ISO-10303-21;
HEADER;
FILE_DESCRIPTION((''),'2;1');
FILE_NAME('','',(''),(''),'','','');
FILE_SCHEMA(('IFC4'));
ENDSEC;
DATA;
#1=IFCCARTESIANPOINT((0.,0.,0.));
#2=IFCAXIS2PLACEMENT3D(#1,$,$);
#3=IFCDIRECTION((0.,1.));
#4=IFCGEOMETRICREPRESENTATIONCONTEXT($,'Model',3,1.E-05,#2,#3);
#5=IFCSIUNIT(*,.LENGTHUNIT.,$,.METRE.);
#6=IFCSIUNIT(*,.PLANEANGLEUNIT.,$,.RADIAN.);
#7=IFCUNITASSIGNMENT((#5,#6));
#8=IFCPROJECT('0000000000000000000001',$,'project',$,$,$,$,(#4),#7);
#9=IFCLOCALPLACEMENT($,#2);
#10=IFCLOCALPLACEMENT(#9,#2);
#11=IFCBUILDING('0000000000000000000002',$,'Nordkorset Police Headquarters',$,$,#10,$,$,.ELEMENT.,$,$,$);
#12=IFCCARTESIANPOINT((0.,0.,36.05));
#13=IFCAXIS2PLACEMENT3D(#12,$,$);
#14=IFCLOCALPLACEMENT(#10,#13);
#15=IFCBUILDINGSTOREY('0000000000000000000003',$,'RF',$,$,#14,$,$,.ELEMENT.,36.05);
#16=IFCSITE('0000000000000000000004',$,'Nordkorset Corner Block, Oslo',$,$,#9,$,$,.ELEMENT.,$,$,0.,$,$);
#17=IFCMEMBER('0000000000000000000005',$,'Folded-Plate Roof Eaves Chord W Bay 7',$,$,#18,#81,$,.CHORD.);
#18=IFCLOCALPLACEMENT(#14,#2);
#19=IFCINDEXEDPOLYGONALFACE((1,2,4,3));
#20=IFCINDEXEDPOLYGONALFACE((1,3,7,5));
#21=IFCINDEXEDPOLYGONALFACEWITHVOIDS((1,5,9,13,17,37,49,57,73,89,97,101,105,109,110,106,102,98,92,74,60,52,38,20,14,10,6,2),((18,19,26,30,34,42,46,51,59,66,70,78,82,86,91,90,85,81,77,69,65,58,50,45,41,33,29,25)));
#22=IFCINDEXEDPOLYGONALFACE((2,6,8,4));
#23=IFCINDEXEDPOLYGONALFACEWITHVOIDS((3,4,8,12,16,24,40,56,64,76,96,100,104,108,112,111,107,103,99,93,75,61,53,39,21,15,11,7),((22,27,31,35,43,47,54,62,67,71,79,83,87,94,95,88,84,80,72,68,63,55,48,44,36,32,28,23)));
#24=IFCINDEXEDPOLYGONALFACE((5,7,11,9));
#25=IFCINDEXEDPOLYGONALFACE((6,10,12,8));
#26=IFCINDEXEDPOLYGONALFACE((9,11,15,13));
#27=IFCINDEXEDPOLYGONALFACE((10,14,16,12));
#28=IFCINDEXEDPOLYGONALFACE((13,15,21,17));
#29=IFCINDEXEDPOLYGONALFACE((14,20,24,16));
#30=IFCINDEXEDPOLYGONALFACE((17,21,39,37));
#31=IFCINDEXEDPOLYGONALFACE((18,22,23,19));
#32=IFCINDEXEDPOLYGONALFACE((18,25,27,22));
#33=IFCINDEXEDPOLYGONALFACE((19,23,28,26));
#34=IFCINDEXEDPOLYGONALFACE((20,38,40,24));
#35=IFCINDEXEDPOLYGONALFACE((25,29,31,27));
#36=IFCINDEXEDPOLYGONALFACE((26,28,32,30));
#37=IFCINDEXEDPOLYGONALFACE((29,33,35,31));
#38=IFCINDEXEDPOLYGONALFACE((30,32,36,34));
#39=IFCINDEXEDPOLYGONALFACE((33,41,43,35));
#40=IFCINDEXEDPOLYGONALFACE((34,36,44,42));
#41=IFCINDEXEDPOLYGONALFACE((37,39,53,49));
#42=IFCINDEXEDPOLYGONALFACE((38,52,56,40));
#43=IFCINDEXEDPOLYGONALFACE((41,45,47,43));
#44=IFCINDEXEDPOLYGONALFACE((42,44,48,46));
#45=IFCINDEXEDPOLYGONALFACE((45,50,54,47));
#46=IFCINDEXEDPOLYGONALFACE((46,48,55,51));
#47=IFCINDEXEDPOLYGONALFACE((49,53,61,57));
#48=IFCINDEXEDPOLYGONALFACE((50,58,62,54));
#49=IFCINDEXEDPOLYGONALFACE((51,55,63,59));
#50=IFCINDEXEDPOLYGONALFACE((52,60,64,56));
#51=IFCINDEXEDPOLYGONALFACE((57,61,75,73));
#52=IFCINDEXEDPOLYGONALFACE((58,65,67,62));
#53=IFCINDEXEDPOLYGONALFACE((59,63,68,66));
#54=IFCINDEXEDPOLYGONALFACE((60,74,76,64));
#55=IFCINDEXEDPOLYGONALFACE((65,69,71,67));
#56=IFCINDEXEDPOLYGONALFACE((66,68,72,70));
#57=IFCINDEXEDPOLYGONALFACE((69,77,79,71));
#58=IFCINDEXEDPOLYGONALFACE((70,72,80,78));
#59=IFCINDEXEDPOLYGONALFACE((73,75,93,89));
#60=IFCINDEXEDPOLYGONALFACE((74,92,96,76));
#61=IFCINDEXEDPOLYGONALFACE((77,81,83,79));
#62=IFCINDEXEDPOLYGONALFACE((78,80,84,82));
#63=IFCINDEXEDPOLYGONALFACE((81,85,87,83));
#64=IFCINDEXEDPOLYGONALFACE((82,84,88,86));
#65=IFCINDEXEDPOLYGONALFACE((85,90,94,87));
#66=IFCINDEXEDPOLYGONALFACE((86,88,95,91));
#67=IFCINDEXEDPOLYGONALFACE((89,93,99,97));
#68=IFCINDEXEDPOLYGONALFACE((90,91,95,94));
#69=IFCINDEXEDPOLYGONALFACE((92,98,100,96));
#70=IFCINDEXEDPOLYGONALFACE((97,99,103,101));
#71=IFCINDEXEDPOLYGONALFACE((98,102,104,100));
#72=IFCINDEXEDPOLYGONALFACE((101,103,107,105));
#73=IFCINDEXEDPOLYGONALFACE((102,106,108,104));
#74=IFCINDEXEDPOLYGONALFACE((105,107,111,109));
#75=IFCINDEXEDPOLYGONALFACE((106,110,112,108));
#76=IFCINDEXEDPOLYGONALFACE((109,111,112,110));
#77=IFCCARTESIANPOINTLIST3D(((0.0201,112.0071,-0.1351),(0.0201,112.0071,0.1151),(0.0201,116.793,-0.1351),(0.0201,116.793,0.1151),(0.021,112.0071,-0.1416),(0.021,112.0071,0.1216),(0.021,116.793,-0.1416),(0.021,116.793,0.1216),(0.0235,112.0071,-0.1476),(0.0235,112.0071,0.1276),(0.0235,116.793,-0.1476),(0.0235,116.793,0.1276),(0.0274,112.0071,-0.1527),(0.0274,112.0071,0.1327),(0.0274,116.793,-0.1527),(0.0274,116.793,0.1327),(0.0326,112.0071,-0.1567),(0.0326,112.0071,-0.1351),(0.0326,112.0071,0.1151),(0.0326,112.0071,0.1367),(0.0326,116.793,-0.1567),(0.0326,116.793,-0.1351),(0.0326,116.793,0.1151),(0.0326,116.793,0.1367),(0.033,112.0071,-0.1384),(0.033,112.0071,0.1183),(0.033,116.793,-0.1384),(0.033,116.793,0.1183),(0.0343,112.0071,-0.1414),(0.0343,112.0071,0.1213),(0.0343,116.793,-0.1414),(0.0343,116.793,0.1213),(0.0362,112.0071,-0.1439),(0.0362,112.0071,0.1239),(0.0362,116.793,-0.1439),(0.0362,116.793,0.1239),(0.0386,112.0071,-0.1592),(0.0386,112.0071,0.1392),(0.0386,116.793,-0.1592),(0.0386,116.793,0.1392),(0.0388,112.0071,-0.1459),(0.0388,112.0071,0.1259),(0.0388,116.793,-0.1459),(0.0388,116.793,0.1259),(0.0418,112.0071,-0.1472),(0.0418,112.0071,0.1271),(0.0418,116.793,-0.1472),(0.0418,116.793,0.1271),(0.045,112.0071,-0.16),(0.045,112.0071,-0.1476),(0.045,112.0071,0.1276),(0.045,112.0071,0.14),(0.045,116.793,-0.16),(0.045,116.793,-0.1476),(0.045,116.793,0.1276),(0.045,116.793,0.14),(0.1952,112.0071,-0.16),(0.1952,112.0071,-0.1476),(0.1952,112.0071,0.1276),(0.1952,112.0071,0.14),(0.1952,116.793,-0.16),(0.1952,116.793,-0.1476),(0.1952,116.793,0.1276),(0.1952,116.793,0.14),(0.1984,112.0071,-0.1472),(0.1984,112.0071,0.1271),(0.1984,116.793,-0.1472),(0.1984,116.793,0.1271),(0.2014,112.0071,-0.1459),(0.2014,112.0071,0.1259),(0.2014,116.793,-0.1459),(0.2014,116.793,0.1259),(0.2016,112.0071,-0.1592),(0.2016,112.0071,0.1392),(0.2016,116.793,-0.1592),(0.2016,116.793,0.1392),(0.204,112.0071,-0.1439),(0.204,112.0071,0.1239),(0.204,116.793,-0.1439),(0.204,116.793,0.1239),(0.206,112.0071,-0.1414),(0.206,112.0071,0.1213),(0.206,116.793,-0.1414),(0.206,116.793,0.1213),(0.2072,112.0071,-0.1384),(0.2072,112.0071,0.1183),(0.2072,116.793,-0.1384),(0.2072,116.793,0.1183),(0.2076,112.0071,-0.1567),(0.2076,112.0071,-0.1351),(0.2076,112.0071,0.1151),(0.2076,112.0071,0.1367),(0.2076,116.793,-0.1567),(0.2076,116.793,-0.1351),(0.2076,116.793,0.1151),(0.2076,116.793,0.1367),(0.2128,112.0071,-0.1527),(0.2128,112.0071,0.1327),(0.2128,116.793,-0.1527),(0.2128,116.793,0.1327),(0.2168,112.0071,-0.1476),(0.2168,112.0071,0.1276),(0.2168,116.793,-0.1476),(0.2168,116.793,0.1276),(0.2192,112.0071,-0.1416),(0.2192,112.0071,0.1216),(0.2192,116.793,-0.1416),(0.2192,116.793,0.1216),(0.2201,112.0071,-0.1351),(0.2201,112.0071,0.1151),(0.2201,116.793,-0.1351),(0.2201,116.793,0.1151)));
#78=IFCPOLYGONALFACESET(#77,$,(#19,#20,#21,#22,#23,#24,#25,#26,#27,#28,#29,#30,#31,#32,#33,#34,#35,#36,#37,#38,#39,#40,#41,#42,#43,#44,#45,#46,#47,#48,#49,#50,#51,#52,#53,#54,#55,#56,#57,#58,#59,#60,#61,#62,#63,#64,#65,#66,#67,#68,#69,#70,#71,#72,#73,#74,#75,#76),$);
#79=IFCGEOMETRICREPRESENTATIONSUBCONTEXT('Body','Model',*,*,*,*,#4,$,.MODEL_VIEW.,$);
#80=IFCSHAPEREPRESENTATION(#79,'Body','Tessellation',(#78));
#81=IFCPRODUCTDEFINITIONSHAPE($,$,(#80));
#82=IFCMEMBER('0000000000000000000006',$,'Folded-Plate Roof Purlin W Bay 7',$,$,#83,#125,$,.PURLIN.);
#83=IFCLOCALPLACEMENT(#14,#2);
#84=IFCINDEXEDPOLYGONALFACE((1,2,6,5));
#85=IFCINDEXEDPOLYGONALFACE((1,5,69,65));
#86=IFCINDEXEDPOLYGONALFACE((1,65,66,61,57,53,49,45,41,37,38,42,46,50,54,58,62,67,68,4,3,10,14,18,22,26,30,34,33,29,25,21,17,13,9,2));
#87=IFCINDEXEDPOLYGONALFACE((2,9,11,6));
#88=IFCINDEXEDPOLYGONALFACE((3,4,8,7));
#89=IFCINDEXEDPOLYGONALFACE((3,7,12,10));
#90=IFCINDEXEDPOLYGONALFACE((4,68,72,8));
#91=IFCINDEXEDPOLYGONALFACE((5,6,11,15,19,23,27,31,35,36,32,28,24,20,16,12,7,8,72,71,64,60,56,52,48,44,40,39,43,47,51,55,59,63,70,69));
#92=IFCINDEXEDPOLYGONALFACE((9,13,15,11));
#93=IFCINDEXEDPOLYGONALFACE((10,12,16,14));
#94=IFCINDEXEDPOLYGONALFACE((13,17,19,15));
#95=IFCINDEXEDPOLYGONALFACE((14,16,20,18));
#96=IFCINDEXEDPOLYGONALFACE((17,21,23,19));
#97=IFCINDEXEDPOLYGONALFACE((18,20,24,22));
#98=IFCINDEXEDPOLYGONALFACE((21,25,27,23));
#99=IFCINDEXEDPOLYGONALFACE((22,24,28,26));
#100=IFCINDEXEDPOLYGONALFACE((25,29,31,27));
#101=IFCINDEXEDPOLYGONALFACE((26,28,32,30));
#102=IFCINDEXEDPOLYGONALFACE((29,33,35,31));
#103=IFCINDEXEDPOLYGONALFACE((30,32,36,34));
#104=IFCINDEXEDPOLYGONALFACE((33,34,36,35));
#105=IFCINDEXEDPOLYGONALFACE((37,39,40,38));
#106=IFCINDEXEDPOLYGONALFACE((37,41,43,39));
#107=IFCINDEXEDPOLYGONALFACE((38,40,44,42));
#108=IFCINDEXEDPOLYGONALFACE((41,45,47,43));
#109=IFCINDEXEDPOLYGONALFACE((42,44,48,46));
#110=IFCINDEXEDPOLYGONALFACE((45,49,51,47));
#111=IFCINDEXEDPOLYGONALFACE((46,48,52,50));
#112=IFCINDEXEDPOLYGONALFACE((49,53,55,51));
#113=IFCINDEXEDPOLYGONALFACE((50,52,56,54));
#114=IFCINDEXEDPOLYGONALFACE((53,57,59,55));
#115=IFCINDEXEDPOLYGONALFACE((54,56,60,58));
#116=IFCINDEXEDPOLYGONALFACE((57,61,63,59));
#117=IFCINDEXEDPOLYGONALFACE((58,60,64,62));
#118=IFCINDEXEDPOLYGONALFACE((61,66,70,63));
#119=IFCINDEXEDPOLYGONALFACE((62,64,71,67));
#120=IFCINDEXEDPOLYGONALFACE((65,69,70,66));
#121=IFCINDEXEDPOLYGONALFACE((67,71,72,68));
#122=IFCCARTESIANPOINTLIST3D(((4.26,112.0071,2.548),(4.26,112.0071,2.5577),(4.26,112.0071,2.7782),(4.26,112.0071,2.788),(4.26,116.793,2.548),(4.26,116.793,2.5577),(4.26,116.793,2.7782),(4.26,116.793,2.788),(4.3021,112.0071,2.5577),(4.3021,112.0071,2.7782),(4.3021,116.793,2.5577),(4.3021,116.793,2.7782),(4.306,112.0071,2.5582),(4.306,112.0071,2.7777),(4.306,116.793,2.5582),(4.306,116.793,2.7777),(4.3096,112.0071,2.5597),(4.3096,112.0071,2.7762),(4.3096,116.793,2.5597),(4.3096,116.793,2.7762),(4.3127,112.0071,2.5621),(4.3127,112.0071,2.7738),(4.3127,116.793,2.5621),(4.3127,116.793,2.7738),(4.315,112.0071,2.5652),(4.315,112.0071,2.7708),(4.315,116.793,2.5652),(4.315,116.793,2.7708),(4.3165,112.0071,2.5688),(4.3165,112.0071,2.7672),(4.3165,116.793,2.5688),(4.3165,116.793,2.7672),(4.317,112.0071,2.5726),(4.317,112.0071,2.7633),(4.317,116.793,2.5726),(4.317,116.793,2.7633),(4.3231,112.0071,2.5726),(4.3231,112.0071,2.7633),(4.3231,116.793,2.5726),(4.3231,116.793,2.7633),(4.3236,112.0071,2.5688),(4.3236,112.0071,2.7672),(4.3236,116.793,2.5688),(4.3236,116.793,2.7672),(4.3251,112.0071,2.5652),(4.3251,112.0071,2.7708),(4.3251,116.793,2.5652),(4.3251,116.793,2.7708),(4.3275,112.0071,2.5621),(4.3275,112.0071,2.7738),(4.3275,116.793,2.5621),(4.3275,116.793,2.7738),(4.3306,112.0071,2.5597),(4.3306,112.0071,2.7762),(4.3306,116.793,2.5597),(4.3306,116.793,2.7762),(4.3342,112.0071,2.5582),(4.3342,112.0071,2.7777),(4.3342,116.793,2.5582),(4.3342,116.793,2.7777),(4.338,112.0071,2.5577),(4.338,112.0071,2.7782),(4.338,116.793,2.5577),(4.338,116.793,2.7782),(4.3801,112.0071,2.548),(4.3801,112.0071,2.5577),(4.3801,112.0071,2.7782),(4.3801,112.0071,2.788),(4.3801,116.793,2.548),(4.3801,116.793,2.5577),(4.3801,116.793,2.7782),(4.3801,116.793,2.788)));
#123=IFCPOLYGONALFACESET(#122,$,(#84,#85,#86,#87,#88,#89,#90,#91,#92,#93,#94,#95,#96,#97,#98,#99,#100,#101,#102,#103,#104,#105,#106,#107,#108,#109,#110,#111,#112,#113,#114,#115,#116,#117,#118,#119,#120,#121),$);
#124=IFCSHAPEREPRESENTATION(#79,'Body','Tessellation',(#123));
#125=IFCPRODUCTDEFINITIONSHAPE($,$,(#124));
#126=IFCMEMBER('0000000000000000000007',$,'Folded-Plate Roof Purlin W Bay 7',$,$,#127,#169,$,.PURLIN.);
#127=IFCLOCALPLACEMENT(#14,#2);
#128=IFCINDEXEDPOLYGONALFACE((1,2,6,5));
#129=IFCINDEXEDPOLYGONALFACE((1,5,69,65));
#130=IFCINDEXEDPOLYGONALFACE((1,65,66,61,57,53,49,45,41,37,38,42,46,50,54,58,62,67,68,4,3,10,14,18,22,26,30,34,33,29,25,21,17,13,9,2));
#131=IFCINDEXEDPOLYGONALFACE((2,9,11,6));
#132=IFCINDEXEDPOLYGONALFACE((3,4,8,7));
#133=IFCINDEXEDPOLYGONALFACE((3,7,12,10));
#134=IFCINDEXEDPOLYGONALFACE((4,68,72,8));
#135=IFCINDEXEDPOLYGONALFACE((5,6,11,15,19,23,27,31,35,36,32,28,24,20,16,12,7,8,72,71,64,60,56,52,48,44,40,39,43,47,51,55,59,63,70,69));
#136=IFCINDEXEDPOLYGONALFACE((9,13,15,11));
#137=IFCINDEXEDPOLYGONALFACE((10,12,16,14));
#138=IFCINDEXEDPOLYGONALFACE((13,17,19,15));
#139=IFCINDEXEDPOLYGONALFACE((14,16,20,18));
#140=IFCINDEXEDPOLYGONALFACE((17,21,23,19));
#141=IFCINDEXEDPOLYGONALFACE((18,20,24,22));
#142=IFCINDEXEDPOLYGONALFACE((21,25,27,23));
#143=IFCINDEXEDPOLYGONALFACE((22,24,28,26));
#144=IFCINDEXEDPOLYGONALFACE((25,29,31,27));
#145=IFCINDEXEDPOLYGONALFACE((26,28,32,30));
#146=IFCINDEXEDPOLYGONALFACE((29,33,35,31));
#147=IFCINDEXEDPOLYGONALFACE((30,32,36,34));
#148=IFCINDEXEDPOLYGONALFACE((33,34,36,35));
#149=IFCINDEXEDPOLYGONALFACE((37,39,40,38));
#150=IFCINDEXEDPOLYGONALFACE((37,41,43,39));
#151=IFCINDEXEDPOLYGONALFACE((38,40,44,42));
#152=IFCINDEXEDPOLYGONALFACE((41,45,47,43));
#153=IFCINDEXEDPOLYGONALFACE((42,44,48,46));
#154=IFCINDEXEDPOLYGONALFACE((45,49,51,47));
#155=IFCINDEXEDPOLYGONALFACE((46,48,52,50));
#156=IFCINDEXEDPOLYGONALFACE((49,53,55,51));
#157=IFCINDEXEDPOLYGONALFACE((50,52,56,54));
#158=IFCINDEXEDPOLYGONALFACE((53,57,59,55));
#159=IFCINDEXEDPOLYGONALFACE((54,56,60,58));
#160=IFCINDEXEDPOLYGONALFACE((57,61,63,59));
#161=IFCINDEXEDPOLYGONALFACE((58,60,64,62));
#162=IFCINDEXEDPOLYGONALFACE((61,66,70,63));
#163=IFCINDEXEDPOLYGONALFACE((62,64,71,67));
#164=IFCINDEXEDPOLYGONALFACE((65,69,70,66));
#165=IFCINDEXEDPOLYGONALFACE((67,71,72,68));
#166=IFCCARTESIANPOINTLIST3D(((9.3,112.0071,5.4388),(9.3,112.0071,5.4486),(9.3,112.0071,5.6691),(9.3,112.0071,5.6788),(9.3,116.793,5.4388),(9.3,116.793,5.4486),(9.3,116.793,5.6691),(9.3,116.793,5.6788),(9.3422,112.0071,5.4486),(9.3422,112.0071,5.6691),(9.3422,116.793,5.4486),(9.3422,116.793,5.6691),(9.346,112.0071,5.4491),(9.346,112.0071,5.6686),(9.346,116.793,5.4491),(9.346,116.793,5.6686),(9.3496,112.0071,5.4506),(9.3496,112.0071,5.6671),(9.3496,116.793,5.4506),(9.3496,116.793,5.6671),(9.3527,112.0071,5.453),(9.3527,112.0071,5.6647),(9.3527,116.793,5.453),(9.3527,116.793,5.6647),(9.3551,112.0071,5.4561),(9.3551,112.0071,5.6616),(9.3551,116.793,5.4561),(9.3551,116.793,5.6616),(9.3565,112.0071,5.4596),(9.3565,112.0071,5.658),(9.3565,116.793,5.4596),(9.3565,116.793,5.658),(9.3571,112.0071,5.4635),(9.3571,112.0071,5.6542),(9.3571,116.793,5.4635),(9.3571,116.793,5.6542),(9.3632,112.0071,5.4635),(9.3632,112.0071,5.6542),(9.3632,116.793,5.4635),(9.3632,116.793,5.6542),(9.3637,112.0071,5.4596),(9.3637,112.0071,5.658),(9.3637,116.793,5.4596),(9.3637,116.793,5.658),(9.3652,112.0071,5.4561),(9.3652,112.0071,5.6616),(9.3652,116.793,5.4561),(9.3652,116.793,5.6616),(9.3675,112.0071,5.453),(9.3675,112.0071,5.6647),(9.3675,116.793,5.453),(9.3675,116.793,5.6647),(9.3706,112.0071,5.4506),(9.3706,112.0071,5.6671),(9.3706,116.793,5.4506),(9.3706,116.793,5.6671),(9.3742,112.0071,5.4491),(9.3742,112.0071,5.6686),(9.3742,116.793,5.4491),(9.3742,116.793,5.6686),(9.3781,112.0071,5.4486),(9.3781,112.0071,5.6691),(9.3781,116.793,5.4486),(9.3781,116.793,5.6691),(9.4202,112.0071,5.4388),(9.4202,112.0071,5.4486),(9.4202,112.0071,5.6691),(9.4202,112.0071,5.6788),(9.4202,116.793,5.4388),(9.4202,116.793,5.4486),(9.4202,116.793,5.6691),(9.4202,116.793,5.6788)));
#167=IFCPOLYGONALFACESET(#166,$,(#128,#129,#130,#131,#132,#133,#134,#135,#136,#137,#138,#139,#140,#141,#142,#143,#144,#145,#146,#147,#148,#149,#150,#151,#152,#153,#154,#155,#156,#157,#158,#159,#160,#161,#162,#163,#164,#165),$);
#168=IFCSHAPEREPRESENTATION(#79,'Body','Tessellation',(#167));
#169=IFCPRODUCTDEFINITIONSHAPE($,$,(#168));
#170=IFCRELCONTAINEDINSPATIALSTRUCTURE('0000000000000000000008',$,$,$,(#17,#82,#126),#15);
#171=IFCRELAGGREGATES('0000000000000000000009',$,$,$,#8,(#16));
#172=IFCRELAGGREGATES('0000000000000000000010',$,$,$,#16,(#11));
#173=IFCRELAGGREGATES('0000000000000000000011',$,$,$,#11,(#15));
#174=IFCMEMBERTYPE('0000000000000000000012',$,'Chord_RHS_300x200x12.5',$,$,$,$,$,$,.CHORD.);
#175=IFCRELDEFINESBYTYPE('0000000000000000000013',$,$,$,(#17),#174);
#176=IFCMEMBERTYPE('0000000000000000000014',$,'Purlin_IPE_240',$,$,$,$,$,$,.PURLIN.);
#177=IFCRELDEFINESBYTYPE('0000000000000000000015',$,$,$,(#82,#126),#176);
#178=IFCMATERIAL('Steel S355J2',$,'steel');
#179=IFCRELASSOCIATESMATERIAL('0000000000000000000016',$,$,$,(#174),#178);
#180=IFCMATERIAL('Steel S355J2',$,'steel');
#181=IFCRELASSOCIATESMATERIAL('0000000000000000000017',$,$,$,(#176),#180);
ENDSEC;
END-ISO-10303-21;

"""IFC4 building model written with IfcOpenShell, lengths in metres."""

from ifc_helpers import new_model, si_unit, direction, frame, origin, origin_2d, place, context, subcontext, project, spatial, hollow_rectangle, i_section, extrude, material, material_profile, profile_set, type_object, element, save


model = new_model("IFC4")

# Units and contexts
model_context = context("Model", 3, precision=1e-05, world=origin(), true_north=direction((0.0, 1.0)))
body_context = subcontext(model_context, "Body", "Model", "MODEL_VIEW")
ifc_project = project(units=[si_unit("LENGTHUNIT", "METRE"), si_unit("PLANEANGLEUNIT", "RADIAN")], contexts=[model_context])

# Site, building, storey
site_placement = place(None, origin())
site = spatial("IfcSite", under=ifc_project, at=site_placement, Name="Nordkorset Corner Block, Oslo", CompositionType="ELEMENT", RefElevation=0.0)
building_placement = place(site_placement, origin())
building = spatial("IfcBuilding", under=site, at=building_placement, Name="Nordkorset Police Headquarters", CompositionType="ELEMENT")
storey_placement = place(building_placement, frame((0.0, 0.0, 36.05)))
storey = spatial("IfcBuildingStorey", under=building, at=storey_placement, Name="RF", CompositionType="ELEMENT", Elevation=36.05)

# Members
ifc_material_1 = material(Name="Steel S355J2", Category="steel")
ifc_material_profile_1 = material_profile(ifc_material_1, hollow_rectangle(XDim=0.2, YDim=0.3, WallThickness=0.0125, InnerFilletRadius=0.0125, OuterFilletRadius=0.0249, at=origin_2d()), Name="RHS 300x200x12.5")
ifc_profile_set_1 = profile_set([ifc_material_profile_1], Name="Steel S355J2")
member_type_1 = type_object("IfcMemberType", Name="Chord_RHS_300x200x12.5", PredefinedType="CHORD", material=ifc_profile_set_1)
member_1_placement = place(storey_placement, frame((0.1201, 112.0071, -0.01), z_axis=(0.0, 1.0, 0.0), x_axis=(-1.0, 0.0, 0.0)))
element("IfcMember", 1, at=member_1_placement, inside=storey, type_object=member_type_1, Name="Folded-Plate Roof Eaves Chord W Bay 7", PredefinedType="CHORD", context=body_context, shape_type="SweptSolid", body=[
    extrude(hollow_rectangle(XDim=0.2, YDim=0.3, WallThickness=0.0125, InnerFilletRadius=0.0125, OuterFilletRadius=0.0249, at=origin_2d()), origin(), (0.0, 0.0, 1.0), 4.7859),
])
ifc_material_2 = material(Name="Steel S355J2", Category="steel")
ifc_material_profile_2 = material_profile(ifc_material_2, i_section(OverallWidth=0.1201, OverallDepth=0.24, WebThickness=0.0061, FlangeThickness=0.0098, FilletRadius=0.0149, at=origin_2d()), Name="IPE 240")
ifc_profile_set_2 = profile_set([ifc_material_profile_2], Name="Steel S355J2")
member_type_2 = type_object("IfcMemberType", Name="Purlin_IPE_240", PredefinedType="PURLIN", material=ifc_profile_set_2)
for number, where, z_axis, x_axis, name in (
    (2, (4.3201, 112.0071, 2.668), (0.0, 1.0, 0.0), (-1.0, 0.0, 0.0), "Folded-Plate Roof Purlin W Bay 7"),
    (3, (9.3601, 112.0071, 5.5588), (0.0, 1.0, 0.0), (-1.0, 0.0, 0.0), "Folded-Plate Roof Purlin W Bay 7"),
):
    element("IfcMember", number, at=place(storey_placement, frame(where, z_axis=z_axis, x_axis=x_axis)), inside=storey, type_object=member_type_2, Name=name, PredefinedType="PURLIN", context=body_context, shape_type="SweptSolid", body=[
        extrude(i_section(OverallWidth=0.1201, OverallDepth=0.24, WebThickness=0.0061, FlangeThickness=0.0098, FilletRadius=0.0149, at=origin_2d()), origin(), (0.0, 0.0, 1.0), 4.7859),
    ])

save(model, "model.ifc")
